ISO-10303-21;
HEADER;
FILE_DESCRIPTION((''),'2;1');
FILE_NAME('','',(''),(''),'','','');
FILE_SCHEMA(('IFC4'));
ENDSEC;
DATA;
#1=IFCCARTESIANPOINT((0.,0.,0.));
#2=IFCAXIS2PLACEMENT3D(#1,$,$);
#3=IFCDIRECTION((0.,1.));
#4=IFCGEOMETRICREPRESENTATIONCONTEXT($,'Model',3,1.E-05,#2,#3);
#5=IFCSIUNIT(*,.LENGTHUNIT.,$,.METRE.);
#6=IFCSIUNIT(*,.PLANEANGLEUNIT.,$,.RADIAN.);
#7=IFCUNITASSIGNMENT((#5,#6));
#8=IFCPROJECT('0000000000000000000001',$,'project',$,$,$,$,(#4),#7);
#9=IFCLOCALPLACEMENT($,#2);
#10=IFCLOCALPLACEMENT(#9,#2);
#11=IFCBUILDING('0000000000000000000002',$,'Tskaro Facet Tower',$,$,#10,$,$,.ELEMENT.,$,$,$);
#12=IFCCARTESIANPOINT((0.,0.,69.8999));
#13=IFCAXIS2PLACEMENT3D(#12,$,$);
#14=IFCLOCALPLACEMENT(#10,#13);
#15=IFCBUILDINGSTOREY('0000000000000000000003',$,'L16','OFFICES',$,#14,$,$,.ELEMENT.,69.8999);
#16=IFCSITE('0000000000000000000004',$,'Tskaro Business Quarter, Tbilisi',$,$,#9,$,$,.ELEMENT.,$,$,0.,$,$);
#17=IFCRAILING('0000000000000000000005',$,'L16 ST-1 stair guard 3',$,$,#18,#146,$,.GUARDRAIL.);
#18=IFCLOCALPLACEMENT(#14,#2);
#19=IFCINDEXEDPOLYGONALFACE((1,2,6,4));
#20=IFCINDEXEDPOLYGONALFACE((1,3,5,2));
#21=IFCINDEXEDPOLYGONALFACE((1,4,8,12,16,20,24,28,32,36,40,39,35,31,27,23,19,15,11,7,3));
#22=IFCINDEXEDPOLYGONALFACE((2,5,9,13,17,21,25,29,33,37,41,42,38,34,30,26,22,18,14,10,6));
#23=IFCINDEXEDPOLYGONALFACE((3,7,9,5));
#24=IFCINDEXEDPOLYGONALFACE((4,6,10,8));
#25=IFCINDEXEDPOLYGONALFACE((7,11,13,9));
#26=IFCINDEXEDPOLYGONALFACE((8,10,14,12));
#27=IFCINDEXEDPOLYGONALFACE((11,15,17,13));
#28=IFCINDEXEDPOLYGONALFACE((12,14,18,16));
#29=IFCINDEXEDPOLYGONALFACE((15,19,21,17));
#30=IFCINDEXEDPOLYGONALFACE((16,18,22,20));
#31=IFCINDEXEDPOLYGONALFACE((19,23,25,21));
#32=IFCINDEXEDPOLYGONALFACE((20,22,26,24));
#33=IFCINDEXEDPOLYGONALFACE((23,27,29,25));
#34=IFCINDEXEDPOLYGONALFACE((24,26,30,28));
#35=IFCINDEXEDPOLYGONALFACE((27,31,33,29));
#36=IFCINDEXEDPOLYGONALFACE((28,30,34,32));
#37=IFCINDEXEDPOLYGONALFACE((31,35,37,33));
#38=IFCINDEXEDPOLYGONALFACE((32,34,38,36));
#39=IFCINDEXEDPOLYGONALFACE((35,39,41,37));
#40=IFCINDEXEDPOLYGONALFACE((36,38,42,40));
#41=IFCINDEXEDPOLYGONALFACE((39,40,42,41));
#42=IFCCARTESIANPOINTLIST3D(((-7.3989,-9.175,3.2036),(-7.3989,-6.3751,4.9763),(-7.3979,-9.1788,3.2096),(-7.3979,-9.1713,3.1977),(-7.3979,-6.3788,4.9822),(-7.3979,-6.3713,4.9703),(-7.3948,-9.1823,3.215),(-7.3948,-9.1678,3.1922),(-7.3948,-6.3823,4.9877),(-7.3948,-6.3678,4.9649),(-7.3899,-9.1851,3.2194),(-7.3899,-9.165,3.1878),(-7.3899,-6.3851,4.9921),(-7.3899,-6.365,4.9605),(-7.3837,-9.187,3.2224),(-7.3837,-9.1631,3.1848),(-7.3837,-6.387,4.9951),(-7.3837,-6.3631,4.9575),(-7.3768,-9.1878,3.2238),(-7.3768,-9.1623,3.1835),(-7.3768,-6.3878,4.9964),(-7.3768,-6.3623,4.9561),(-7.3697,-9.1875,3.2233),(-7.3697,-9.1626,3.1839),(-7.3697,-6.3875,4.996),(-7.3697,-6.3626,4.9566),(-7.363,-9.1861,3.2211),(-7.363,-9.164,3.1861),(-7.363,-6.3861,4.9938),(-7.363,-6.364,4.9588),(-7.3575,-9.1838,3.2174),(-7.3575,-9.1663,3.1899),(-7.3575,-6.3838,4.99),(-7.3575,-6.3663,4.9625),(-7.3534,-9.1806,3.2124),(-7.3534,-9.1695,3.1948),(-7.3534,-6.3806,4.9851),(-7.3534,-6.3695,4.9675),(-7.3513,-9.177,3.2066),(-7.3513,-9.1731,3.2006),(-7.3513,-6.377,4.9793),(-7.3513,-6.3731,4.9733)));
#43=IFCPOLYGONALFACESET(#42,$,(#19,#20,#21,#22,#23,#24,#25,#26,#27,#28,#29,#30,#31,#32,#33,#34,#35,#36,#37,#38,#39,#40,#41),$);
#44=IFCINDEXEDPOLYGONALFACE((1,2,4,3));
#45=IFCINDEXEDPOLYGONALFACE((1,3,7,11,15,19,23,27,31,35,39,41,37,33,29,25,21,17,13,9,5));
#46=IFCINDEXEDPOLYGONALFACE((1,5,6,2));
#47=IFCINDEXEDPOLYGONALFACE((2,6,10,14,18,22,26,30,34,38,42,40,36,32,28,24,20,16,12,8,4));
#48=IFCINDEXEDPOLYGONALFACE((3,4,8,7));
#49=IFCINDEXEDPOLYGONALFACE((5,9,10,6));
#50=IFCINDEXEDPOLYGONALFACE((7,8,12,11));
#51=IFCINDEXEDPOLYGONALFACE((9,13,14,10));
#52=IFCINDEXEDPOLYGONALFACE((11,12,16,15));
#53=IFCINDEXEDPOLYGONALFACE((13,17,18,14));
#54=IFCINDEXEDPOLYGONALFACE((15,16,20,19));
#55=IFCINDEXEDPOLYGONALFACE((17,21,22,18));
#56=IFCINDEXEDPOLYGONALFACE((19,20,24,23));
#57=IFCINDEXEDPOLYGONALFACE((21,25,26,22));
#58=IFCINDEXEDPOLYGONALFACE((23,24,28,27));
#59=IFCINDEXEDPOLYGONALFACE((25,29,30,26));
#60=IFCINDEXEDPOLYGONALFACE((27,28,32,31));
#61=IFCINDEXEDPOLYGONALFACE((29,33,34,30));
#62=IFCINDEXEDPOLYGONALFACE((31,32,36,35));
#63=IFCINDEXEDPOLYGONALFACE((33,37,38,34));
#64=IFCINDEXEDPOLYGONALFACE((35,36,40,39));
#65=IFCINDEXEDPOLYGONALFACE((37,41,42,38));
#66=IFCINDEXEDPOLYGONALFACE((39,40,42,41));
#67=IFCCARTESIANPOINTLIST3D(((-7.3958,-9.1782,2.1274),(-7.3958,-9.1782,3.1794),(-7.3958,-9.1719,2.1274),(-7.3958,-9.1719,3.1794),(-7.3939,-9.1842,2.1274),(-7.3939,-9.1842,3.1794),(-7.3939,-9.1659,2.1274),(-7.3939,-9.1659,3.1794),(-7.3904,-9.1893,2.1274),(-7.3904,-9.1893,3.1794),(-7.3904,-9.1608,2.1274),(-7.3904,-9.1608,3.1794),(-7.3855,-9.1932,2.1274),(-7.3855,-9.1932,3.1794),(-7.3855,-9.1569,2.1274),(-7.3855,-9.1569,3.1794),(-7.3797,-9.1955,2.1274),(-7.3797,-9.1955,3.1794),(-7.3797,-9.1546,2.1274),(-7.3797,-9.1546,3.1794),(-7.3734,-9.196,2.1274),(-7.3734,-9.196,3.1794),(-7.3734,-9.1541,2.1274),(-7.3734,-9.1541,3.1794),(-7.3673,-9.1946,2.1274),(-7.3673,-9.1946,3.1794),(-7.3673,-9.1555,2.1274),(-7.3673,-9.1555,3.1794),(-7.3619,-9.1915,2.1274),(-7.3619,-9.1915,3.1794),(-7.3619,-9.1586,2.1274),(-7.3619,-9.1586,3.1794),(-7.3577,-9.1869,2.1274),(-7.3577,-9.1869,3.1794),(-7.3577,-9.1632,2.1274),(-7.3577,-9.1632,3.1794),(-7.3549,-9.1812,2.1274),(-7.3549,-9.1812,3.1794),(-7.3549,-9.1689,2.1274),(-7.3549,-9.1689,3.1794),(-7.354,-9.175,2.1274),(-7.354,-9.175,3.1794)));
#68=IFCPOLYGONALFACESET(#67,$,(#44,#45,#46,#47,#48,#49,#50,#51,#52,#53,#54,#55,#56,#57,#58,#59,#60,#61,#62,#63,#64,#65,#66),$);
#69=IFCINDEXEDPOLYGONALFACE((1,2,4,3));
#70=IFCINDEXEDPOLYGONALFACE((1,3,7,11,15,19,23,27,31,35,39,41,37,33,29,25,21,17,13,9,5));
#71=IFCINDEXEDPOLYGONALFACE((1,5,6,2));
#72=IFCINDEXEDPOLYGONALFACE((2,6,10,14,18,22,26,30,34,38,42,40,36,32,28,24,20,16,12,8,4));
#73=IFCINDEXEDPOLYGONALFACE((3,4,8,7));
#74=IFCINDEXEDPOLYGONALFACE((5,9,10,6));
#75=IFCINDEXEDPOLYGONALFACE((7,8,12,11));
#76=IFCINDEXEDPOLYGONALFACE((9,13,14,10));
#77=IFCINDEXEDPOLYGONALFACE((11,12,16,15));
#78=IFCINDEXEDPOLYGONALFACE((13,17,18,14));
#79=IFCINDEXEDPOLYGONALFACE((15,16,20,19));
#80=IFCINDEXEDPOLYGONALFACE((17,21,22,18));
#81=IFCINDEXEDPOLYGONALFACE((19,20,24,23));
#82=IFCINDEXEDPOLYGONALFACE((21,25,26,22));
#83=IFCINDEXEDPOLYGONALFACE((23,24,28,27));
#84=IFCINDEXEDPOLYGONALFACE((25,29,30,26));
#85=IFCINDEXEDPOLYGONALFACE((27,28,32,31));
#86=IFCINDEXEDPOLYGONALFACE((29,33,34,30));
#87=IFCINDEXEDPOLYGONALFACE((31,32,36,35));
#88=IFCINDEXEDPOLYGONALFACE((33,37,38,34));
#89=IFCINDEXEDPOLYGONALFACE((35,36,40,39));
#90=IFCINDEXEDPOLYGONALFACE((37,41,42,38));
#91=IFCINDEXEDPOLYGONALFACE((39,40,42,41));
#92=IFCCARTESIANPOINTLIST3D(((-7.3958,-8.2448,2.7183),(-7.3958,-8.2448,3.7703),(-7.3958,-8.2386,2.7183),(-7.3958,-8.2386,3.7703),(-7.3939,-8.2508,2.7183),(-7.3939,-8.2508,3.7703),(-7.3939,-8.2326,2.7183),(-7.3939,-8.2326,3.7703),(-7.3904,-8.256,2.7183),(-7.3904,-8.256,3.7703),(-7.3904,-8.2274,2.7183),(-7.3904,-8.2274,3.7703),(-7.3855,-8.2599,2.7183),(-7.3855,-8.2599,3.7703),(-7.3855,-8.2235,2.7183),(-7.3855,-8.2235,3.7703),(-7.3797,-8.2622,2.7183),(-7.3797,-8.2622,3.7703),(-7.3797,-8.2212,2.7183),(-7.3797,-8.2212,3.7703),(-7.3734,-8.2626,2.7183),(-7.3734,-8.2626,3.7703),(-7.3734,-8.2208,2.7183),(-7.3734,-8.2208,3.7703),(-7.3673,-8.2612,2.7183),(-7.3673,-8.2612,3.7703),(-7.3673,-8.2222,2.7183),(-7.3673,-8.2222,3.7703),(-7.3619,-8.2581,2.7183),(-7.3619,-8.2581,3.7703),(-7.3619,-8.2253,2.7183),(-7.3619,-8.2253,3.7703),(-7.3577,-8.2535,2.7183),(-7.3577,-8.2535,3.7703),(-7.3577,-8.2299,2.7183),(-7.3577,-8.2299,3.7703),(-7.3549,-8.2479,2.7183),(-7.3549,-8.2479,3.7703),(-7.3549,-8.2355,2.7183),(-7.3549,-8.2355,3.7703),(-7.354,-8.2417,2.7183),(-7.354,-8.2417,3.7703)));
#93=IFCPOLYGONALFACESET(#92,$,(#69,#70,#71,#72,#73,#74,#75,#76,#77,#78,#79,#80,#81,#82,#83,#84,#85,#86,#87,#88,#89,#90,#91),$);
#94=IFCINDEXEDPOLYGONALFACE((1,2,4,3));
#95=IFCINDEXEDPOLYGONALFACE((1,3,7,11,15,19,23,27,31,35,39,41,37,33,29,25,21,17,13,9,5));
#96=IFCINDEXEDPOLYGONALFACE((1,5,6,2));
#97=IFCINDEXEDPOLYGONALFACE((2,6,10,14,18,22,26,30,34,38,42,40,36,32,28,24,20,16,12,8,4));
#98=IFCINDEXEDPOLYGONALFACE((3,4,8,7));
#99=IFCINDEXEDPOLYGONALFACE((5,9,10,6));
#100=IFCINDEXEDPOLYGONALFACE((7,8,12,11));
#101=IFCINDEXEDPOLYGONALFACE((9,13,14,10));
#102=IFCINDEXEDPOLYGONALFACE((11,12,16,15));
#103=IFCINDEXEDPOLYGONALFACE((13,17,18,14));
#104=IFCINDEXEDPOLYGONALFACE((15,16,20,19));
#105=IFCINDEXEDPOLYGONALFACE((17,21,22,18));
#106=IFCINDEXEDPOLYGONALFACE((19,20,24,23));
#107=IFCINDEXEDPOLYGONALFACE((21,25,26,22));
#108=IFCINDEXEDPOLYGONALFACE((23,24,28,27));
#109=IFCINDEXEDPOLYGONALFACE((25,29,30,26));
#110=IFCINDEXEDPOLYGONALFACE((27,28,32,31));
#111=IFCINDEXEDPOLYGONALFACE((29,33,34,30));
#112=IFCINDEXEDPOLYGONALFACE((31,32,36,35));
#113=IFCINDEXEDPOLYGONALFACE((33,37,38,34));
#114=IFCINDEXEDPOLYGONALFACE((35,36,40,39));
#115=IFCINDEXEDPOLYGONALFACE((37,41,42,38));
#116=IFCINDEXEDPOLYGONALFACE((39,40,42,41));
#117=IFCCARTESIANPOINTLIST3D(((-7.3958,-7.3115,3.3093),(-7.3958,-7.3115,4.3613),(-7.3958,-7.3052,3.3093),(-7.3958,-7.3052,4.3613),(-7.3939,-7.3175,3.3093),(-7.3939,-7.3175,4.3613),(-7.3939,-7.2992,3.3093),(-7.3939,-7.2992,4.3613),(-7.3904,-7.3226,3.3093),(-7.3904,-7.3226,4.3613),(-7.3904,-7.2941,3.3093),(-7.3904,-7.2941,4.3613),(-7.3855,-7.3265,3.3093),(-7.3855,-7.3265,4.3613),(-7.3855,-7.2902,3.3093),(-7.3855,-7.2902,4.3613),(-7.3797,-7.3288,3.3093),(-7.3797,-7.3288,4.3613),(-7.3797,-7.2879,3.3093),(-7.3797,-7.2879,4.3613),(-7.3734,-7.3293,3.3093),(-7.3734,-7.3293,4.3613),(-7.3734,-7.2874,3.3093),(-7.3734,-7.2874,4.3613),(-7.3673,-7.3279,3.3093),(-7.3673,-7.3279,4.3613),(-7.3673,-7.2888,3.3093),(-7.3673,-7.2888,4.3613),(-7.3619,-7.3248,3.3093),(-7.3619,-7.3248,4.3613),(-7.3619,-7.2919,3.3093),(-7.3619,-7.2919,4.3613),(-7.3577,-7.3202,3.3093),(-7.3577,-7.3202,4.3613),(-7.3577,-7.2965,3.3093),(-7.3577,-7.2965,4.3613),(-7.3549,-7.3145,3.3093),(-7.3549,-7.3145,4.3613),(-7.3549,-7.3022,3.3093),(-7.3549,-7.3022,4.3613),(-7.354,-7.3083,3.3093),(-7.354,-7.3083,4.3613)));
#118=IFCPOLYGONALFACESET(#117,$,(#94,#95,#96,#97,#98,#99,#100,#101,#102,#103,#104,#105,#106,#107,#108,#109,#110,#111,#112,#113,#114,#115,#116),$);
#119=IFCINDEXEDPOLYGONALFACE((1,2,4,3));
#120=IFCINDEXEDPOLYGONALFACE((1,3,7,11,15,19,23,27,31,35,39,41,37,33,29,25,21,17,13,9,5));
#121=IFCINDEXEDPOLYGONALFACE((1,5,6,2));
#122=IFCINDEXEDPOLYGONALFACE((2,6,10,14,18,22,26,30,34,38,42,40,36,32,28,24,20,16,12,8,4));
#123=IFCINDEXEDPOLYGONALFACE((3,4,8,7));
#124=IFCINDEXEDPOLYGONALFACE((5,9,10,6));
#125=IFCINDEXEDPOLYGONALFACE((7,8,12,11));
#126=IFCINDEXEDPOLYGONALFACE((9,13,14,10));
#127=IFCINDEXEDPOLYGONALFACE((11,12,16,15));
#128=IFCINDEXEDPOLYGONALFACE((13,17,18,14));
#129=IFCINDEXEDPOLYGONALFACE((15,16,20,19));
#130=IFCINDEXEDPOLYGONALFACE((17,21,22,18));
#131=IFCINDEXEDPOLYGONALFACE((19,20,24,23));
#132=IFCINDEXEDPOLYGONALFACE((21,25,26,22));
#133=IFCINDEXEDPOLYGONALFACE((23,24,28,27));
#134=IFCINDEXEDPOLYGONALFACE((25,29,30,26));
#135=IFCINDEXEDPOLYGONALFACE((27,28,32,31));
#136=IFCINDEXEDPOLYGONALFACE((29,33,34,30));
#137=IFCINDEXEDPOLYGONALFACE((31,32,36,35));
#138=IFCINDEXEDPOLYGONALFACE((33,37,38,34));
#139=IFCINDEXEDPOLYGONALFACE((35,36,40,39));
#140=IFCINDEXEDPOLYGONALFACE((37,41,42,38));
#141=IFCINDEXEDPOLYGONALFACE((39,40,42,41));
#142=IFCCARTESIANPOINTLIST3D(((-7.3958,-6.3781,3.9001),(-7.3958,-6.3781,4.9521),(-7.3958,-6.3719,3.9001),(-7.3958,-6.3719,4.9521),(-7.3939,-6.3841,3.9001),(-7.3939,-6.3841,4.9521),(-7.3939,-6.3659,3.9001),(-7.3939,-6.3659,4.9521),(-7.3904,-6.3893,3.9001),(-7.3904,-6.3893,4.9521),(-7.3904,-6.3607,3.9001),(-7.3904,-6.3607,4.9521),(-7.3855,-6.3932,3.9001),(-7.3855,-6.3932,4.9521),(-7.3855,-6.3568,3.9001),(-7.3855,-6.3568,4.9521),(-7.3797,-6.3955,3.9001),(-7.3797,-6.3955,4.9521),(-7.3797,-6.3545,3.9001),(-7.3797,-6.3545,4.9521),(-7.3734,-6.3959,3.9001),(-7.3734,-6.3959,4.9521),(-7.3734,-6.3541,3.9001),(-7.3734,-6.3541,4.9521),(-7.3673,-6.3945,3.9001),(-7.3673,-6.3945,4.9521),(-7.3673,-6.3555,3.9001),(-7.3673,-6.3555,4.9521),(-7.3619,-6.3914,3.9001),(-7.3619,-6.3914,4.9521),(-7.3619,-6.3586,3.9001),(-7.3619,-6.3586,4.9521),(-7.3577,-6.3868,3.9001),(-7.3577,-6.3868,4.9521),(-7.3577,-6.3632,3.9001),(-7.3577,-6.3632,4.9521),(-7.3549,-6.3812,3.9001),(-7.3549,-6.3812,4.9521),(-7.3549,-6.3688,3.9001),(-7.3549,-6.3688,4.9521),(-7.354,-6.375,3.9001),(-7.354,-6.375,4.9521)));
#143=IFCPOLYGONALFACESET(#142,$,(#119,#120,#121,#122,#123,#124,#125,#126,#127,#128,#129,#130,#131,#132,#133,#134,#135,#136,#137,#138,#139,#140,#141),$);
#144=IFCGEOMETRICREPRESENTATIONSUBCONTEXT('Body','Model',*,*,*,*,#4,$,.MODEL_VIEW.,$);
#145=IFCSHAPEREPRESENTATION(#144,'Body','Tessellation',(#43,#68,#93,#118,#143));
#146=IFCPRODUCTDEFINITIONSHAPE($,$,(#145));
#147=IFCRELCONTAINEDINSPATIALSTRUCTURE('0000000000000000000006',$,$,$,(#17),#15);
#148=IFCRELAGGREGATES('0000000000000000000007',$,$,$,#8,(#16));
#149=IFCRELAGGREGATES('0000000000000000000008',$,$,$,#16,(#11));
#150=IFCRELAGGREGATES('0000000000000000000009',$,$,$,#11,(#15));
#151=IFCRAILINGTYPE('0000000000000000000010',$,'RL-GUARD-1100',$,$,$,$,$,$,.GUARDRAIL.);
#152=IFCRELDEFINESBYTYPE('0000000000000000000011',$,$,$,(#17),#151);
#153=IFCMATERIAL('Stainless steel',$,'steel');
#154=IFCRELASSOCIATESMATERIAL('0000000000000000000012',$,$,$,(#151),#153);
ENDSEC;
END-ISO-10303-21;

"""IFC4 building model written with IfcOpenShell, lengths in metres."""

from ifc_helpers import new_model, si_unit, direction, frame, origin, origin_2d, place, context, subcontext, project, spatial, circle, extrude, material, type_object, element, save


model = new_model("IFC4")

# Units and contexts
model_context = context("Model", 3, precision=1e-05, world=origin(), true_north=direction((0.0, 1.0)))
body_context = subcontext(model_context, "Body", "Model", "MODEL_VIEW")
ifc_project = project(units=[si_unit("LENGTHUNIT", "METRE"), si_unit("PLANEANGLEUNIT", "RADIAN")], contexts=[model_context])

# Site, building, storey
site_placement = place(None, origin())
site = spatial("IfcSite", under=ifc_project, at=site_placement, Name="Tskaro Business Quarter, Tbilisi", CompositionType="ELEMENT", RefElevation=0.0)
building_placement = place(site_placement, origin())
building = spatial("IfcBuilding", under=site, at=building_placement, Name="Tskaro Facet Tower", CompositionType="ELEMENT")
storey_placement = place(building_placement, frame((0.0, 0.0, 69.8999)))
storey = spatial("IfcBuildingStorey", under=building, at=storey_placement, Name="L16", Description="OFFICES", CompositionType="ELEMENT", Elevation=69.8999)

# Shared definitions
ifc_material_1 = material(Name="Stainless steel", Category="steel")

# Railing
railing_type_1 = type_object("IfcRailingType", Name="RL-GUARD-1100", PredefinedType="GUARDRAIL", material=ifc_material_1)
railing_1_placement = place(storey_placement, frame((-7.375, -9.175, 2.1274)))
element("IfcRailing", 1, at=railing_1_placement, inside=storey, type_object=railing_type_1, Name="L16 ST-1 stair guard 3", PredefinedType="GUARDRAIL", context=body_context, shape_type="SweptSolid", body=[
    extrude(circle(Radius=0.0239, at=origin_2d()), frame((0.0, 0.0, 1.0762), z_axis=(0.0, 0.844909, 0.53491), x_axis=(-1.0, 0.0, 0.0)), (0.0, 0.0, 1.0), 3.314),
    extrude(circle(Radius=0.021, at=origin_2d()), origin(), (0.0, 0.0, 1.0), 1.052),
    extrude(circle(Radius=0.021, at=origin_2d()), frame((0.0, 0.9333, 0.5908)), (0.0, 0.0, 1.0), 1.052),
    extrude(circle(Radius=0.021, at=origin_2d()), frame((0.0, 1.8667, 1.1819)), (0.0, 0.0, 1.0), 1.052),
    extrude(circle(Radius=0.021, at=origin_2d()), frame((0.0, 2.8, 1.7727)), (0.0, 0.0, 1.0), 1.052),
])

save(model, "model.ifc")
